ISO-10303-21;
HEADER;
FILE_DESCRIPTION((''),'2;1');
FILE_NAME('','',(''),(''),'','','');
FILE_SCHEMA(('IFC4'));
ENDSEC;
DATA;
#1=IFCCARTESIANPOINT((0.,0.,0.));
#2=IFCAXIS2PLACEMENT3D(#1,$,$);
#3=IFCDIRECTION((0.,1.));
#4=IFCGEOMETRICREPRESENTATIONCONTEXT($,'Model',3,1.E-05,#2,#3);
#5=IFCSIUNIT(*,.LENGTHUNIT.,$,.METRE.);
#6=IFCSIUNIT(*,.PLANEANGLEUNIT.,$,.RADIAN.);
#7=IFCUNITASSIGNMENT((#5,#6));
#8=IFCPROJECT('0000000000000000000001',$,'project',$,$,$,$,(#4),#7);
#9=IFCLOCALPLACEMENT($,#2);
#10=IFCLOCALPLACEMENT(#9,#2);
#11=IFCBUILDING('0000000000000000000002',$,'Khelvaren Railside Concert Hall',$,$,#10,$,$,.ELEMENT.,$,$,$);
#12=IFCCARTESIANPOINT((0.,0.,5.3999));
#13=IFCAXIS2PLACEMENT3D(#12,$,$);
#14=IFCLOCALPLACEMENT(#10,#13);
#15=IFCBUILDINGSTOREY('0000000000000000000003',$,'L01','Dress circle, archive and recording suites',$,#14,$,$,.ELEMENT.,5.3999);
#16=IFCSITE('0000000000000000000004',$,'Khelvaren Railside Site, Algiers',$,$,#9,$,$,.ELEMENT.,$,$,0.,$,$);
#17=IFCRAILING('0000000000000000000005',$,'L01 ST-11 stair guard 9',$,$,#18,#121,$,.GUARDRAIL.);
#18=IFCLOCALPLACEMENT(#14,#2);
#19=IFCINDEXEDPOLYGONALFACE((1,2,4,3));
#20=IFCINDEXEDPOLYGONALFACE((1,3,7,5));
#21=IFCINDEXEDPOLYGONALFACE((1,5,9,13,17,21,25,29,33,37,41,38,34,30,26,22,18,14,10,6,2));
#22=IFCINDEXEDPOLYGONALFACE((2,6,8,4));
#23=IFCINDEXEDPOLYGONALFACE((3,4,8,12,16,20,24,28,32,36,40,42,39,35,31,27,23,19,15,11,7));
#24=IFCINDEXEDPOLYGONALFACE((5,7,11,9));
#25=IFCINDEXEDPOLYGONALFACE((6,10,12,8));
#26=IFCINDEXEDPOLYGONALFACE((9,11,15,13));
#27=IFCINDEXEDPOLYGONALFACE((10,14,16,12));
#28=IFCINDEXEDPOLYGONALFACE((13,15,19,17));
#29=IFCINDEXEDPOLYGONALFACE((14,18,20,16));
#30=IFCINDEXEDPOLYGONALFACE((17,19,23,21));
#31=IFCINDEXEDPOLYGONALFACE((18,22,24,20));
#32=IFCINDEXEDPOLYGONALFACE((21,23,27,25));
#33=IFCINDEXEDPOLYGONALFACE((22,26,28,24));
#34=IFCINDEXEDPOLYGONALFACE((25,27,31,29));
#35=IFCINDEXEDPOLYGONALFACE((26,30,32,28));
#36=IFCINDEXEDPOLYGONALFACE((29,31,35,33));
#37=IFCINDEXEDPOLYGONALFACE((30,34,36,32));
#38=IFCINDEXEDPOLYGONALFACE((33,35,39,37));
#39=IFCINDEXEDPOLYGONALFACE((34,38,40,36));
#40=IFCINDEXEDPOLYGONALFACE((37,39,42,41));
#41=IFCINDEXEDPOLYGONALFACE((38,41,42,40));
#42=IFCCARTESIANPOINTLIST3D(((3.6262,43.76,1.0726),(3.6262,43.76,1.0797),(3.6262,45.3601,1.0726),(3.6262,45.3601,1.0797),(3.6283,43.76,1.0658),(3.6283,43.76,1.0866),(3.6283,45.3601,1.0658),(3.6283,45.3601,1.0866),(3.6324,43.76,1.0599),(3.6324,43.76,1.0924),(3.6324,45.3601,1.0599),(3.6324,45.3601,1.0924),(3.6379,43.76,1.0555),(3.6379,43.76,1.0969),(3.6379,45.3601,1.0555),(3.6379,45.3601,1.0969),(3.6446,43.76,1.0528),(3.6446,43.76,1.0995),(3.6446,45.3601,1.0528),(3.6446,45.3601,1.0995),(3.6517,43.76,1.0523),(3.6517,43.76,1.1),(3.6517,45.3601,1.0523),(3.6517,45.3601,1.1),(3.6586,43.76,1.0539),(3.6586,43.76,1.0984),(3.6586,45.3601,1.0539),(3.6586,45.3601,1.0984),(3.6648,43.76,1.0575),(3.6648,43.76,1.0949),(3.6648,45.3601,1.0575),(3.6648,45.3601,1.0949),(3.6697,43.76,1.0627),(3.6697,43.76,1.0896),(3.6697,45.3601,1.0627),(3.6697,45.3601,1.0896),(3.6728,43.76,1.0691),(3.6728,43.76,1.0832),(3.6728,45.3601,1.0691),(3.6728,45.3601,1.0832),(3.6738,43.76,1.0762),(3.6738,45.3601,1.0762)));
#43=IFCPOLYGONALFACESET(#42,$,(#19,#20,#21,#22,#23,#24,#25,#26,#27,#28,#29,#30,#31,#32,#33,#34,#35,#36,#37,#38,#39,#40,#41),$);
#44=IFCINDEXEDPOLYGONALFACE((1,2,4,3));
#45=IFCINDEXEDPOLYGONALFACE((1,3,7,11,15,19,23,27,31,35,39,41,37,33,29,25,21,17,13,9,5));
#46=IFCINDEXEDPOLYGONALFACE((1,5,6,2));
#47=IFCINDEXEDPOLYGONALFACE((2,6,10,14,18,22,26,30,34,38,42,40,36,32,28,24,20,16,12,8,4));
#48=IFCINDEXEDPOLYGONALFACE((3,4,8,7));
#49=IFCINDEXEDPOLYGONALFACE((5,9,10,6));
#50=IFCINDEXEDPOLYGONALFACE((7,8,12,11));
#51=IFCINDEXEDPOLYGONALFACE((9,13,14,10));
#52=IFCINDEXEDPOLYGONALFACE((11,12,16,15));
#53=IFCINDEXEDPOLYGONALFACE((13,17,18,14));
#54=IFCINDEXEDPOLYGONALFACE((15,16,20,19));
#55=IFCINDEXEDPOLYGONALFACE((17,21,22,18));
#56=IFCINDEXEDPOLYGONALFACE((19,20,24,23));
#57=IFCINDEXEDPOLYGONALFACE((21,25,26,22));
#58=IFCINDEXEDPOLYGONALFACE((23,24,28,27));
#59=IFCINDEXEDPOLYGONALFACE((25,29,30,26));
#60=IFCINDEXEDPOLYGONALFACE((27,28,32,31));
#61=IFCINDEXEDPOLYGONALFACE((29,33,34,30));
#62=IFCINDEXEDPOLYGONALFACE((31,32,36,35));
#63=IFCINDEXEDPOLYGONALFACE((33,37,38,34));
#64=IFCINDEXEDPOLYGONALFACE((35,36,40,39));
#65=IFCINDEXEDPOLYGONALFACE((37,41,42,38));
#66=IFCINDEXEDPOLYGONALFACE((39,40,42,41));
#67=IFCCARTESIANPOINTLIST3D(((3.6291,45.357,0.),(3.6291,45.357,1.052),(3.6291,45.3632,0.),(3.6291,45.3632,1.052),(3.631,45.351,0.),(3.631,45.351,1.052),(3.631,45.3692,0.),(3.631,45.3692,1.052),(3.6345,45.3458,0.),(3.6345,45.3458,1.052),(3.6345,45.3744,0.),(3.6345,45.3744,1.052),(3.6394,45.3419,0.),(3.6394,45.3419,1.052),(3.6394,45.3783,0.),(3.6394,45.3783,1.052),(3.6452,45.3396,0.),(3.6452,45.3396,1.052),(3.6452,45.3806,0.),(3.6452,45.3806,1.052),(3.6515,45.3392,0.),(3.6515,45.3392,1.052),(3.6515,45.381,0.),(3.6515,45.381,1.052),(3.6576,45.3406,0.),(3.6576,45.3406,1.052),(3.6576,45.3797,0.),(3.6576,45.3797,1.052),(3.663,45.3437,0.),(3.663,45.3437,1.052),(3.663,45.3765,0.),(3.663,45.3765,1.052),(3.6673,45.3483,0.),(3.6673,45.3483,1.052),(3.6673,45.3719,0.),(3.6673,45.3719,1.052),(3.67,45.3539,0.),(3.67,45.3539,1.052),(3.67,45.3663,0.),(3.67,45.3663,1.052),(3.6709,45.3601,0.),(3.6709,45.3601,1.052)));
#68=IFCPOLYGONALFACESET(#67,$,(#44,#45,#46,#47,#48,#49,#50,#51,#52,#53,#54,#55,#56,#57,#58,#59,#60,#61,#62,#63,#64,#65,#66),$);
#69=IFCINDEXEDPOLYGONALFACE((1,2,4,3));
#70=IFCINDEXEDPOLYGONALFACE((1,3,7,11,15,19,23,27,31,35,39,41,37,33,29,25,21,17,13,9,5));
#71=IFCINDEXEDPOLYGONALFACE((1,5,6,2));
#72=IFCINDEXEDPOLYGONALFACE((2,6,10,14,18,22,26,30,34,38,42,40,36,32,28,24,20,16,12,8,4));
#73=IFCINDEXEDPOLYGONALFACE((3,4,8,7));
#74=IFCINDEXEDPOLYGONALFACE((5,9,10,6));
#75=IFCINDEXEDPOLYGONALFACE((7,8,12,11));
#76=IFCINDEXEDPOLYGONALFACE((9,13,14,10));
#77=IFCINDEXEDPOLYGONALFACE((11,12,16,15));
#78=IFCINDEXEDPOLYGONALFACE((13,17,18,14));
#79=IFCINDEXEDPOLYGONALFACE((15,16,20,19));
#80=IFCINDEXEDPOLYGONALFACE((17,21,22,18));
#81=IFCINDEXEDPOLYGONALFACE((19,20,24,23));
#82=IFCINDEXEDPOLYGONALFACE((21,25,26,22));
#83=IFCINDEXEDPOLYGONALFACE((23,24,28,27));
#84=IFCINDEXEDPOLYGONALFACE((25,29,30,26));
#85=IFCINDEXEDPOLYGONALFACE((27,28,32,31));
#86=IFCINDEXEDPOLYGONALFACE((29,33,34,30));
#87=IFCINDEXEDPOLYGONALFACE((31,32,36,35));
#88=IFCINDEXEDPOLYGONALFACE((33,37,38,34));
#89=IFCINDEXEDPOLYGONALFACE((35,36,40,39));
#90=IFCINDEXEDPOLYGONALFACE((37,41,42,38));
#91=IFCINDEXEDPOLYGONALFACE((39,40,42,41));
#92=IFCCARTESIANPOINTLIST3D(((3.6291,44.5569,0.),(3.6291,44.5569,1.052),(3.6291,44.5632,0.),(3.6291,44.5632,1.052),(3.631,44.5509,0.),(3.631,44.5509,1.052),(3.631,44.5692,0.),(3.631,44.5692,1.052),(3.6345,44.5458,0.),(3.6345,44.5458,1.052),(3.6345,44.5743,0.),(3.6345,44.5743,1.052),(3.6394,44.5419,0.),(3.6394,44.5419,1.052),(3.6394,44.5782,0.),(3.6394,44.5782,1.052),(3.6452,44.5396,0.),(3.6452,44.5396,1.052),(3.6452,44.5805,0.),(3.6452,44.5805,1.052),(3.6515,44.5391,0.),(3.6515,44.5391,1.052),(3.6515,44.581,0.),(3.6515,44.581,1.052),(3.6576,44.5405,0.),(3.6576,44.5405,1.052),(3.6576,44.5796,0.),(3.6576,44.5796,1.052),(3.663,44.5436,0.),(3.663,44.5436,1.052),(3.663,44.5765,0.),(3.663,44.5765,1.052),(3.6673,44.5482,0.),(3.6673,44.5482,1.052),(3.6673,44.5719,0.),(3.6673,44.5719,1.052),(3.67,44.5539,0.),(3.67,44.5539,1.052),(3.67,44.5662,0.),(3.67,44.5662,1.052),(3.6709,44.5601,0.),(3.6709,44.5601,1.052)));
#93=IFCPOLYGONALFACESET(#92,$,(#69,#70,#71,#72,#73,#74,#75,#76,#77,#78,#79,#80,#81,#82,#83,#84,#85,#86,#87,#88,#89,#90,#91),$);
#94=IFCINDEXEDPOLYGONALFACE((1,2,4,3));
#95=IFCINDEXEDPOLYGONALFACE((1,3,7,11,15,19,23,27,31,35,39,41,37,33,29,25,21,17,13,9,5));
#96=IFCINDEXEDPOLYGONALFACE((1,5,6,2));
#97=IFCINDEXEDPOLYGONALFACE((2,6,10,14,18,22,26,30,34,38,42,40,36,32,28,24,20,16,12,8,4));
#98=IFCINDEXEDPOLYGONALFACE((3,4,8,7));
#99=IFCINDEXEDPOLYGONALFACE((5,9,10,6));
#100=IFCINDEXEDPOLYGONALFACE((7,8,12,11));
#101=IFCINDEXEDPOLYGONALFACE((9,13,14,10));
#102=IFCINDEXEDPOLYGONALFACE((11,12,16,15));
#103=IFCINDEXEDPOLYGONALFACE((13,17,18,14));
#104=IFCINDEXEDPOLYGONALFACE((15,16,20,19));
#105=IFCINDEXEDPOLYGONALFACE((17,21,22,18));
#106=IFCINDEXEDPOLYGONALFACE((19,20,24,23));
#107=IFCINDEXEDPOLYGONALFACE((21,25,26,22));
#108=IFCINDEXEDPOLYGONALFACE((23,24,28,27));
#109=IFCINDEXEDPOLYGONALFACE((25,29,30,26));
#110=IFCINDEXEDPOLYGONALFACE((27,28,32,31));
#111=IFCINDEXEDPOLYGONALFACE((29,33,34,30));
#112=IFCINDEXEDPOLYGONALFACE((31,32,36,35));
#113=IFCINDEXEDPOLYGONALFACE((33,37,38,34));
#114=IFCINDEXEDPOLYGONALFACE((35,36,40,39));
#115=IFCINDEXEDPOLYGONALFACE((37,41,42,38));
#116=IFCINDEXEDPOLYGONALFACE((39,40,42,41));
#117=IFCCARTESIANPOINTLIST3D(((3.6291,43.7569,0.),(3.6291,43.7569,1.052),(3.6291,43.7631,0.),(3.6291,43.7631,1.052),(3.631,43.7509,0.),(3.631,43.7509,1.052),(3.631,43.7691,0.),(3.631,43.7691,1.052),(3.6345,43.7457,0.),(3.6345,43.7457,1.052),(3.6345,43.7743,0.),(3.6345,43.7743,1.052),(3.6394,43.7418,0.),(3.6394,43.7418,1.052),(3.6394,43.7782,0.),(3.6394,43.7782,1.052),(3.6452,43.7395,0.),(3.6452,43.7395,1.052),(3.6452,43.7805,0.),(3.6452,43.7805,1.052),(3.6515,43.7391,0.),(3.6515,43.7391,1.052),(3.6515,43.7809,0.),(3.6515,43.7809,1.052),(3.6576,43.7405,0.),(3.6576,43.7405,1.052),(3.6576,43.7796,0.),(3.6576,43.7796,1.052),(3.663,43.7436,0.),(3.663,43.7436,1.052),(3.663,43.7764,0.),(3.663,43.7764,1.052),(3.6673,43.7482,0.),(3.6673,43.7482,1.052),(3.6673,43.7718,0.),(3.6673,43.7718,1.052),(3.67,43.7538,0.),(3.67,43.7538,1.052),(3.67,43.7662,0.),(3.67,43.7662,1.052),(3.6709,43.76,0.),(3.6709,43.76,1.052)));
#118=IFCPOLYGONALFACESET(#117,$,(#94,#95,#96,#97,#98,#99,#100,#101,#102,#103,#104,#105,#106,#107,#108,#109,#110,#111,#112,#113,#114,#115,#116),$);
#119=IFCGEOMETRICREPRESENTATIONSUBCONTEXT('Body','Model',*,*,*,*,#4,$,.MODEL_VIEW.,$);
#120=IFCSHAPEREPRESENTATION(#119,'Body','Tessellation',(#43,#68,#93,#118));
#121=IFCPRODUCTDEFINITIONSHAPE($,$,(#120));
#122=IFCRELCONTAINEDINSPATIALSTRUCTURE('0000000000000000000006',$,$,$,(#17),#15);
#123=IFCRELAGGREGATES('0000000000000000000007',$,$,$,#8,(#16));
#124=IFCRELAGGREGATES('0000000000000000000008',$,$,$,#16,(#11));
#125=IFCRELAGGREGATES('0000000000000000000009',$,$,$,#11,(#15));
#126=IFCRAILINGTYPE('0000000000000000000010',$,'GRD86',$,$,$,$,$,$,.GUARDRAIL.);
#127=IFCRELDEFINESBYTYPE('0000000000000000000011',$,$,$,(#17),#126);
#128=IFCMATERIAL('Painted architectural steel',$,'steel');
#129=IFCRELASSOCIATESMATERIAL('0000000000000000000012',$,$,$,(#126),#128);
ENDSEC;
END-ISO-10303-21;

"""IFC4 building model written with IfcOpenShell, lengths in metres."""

from ifc_helpers import new_model, si_unit, direction, frame, origin, origin_2d, place, context, subcontext, project, spatial, circle, extrude, material, type_object, element, save


model = new_model("IFC4")

# Units and contexts
model_context = context("Model", 3, precision=1e-05, world=origin(), true_north=direction((0.0, 1.0)))
body_context = subcontext(model_context, "Body", "Model", "MODEL_VIEW")
ifc_project = project(units=[si_unit("LENGTHUNIT", "METRE"), si_unit("PLANEANGLEUNIT", "RADIAN")], contexts=[model_context])

# Site, building, storey
site_placement = place(None, origin())
site = spatial("IfcSite", under=ifc_project, at=site_placement, Name="Khelvaren Railside Site, Algiers", CompositionType="ELEMENT", RefElevation=0.0)
building_placement = place(site_placement, origin())
building = spatial("IfcBuilding", under=site, at=building_placement, Name="Khelvaren Railside Concert Hall", CompositionType="ELEMENT")
storey_placement = place(building_placement, frame((0.0, 0.0, 5.3999)))
storey = spatial("IfcBuildingStorey", under=building, at=storey_placement, Name="L01", Description="Dress circle, archive and recording suites", CompositionType="ELEMENT", Elevation=5.3999)

# Railing
ifc_material_1 = material(Name="Painted architectural steel", Category="steel")
railing_type_1 = type_object("IfcRailingType", Name="GRD86", PredefinedType="GUARDRAIL", material=ifc_material_1)
railing_1_placement = place(storey_placement, frame((3.6499, 45.3601, 0.0)))
element("IfcRailing", 1, at=railing_1_placement, inside=storey, type_object=railing_type_1, Name="L01 ST-11 stair guard 9", PredefinedType="GUARDRAIL", context=body_context, shape_type="SweptSolid", body=[
    extrude(circle(Radius=0.0239, at=origin_2d()), frame((0.0, 0.0, 1.0762), z_axis=(0.0, -1.0, 0.0), x_axis=(1.0, 0.0, 0.0)), (0.0, 0.0, 1.0), 1.6001),
    extrude(circle(Radius=0.021, at=origin_2d()), origin(), (0.0, 0.0, 1.0), 1.052),
    extrude(circle(Radius=0.021, at=origin_2d()), frame((0.0, -0.8, 0.0)), (0.0, 0.0, 1.0), 1.052),
    extrude(circle(Radius=0.021, at=origin_2d()), frame((0.0, -1.6001, 0.0)), (0.0, 0.0, 1.0), 1.052),
])

save(model, "model.ifc")
